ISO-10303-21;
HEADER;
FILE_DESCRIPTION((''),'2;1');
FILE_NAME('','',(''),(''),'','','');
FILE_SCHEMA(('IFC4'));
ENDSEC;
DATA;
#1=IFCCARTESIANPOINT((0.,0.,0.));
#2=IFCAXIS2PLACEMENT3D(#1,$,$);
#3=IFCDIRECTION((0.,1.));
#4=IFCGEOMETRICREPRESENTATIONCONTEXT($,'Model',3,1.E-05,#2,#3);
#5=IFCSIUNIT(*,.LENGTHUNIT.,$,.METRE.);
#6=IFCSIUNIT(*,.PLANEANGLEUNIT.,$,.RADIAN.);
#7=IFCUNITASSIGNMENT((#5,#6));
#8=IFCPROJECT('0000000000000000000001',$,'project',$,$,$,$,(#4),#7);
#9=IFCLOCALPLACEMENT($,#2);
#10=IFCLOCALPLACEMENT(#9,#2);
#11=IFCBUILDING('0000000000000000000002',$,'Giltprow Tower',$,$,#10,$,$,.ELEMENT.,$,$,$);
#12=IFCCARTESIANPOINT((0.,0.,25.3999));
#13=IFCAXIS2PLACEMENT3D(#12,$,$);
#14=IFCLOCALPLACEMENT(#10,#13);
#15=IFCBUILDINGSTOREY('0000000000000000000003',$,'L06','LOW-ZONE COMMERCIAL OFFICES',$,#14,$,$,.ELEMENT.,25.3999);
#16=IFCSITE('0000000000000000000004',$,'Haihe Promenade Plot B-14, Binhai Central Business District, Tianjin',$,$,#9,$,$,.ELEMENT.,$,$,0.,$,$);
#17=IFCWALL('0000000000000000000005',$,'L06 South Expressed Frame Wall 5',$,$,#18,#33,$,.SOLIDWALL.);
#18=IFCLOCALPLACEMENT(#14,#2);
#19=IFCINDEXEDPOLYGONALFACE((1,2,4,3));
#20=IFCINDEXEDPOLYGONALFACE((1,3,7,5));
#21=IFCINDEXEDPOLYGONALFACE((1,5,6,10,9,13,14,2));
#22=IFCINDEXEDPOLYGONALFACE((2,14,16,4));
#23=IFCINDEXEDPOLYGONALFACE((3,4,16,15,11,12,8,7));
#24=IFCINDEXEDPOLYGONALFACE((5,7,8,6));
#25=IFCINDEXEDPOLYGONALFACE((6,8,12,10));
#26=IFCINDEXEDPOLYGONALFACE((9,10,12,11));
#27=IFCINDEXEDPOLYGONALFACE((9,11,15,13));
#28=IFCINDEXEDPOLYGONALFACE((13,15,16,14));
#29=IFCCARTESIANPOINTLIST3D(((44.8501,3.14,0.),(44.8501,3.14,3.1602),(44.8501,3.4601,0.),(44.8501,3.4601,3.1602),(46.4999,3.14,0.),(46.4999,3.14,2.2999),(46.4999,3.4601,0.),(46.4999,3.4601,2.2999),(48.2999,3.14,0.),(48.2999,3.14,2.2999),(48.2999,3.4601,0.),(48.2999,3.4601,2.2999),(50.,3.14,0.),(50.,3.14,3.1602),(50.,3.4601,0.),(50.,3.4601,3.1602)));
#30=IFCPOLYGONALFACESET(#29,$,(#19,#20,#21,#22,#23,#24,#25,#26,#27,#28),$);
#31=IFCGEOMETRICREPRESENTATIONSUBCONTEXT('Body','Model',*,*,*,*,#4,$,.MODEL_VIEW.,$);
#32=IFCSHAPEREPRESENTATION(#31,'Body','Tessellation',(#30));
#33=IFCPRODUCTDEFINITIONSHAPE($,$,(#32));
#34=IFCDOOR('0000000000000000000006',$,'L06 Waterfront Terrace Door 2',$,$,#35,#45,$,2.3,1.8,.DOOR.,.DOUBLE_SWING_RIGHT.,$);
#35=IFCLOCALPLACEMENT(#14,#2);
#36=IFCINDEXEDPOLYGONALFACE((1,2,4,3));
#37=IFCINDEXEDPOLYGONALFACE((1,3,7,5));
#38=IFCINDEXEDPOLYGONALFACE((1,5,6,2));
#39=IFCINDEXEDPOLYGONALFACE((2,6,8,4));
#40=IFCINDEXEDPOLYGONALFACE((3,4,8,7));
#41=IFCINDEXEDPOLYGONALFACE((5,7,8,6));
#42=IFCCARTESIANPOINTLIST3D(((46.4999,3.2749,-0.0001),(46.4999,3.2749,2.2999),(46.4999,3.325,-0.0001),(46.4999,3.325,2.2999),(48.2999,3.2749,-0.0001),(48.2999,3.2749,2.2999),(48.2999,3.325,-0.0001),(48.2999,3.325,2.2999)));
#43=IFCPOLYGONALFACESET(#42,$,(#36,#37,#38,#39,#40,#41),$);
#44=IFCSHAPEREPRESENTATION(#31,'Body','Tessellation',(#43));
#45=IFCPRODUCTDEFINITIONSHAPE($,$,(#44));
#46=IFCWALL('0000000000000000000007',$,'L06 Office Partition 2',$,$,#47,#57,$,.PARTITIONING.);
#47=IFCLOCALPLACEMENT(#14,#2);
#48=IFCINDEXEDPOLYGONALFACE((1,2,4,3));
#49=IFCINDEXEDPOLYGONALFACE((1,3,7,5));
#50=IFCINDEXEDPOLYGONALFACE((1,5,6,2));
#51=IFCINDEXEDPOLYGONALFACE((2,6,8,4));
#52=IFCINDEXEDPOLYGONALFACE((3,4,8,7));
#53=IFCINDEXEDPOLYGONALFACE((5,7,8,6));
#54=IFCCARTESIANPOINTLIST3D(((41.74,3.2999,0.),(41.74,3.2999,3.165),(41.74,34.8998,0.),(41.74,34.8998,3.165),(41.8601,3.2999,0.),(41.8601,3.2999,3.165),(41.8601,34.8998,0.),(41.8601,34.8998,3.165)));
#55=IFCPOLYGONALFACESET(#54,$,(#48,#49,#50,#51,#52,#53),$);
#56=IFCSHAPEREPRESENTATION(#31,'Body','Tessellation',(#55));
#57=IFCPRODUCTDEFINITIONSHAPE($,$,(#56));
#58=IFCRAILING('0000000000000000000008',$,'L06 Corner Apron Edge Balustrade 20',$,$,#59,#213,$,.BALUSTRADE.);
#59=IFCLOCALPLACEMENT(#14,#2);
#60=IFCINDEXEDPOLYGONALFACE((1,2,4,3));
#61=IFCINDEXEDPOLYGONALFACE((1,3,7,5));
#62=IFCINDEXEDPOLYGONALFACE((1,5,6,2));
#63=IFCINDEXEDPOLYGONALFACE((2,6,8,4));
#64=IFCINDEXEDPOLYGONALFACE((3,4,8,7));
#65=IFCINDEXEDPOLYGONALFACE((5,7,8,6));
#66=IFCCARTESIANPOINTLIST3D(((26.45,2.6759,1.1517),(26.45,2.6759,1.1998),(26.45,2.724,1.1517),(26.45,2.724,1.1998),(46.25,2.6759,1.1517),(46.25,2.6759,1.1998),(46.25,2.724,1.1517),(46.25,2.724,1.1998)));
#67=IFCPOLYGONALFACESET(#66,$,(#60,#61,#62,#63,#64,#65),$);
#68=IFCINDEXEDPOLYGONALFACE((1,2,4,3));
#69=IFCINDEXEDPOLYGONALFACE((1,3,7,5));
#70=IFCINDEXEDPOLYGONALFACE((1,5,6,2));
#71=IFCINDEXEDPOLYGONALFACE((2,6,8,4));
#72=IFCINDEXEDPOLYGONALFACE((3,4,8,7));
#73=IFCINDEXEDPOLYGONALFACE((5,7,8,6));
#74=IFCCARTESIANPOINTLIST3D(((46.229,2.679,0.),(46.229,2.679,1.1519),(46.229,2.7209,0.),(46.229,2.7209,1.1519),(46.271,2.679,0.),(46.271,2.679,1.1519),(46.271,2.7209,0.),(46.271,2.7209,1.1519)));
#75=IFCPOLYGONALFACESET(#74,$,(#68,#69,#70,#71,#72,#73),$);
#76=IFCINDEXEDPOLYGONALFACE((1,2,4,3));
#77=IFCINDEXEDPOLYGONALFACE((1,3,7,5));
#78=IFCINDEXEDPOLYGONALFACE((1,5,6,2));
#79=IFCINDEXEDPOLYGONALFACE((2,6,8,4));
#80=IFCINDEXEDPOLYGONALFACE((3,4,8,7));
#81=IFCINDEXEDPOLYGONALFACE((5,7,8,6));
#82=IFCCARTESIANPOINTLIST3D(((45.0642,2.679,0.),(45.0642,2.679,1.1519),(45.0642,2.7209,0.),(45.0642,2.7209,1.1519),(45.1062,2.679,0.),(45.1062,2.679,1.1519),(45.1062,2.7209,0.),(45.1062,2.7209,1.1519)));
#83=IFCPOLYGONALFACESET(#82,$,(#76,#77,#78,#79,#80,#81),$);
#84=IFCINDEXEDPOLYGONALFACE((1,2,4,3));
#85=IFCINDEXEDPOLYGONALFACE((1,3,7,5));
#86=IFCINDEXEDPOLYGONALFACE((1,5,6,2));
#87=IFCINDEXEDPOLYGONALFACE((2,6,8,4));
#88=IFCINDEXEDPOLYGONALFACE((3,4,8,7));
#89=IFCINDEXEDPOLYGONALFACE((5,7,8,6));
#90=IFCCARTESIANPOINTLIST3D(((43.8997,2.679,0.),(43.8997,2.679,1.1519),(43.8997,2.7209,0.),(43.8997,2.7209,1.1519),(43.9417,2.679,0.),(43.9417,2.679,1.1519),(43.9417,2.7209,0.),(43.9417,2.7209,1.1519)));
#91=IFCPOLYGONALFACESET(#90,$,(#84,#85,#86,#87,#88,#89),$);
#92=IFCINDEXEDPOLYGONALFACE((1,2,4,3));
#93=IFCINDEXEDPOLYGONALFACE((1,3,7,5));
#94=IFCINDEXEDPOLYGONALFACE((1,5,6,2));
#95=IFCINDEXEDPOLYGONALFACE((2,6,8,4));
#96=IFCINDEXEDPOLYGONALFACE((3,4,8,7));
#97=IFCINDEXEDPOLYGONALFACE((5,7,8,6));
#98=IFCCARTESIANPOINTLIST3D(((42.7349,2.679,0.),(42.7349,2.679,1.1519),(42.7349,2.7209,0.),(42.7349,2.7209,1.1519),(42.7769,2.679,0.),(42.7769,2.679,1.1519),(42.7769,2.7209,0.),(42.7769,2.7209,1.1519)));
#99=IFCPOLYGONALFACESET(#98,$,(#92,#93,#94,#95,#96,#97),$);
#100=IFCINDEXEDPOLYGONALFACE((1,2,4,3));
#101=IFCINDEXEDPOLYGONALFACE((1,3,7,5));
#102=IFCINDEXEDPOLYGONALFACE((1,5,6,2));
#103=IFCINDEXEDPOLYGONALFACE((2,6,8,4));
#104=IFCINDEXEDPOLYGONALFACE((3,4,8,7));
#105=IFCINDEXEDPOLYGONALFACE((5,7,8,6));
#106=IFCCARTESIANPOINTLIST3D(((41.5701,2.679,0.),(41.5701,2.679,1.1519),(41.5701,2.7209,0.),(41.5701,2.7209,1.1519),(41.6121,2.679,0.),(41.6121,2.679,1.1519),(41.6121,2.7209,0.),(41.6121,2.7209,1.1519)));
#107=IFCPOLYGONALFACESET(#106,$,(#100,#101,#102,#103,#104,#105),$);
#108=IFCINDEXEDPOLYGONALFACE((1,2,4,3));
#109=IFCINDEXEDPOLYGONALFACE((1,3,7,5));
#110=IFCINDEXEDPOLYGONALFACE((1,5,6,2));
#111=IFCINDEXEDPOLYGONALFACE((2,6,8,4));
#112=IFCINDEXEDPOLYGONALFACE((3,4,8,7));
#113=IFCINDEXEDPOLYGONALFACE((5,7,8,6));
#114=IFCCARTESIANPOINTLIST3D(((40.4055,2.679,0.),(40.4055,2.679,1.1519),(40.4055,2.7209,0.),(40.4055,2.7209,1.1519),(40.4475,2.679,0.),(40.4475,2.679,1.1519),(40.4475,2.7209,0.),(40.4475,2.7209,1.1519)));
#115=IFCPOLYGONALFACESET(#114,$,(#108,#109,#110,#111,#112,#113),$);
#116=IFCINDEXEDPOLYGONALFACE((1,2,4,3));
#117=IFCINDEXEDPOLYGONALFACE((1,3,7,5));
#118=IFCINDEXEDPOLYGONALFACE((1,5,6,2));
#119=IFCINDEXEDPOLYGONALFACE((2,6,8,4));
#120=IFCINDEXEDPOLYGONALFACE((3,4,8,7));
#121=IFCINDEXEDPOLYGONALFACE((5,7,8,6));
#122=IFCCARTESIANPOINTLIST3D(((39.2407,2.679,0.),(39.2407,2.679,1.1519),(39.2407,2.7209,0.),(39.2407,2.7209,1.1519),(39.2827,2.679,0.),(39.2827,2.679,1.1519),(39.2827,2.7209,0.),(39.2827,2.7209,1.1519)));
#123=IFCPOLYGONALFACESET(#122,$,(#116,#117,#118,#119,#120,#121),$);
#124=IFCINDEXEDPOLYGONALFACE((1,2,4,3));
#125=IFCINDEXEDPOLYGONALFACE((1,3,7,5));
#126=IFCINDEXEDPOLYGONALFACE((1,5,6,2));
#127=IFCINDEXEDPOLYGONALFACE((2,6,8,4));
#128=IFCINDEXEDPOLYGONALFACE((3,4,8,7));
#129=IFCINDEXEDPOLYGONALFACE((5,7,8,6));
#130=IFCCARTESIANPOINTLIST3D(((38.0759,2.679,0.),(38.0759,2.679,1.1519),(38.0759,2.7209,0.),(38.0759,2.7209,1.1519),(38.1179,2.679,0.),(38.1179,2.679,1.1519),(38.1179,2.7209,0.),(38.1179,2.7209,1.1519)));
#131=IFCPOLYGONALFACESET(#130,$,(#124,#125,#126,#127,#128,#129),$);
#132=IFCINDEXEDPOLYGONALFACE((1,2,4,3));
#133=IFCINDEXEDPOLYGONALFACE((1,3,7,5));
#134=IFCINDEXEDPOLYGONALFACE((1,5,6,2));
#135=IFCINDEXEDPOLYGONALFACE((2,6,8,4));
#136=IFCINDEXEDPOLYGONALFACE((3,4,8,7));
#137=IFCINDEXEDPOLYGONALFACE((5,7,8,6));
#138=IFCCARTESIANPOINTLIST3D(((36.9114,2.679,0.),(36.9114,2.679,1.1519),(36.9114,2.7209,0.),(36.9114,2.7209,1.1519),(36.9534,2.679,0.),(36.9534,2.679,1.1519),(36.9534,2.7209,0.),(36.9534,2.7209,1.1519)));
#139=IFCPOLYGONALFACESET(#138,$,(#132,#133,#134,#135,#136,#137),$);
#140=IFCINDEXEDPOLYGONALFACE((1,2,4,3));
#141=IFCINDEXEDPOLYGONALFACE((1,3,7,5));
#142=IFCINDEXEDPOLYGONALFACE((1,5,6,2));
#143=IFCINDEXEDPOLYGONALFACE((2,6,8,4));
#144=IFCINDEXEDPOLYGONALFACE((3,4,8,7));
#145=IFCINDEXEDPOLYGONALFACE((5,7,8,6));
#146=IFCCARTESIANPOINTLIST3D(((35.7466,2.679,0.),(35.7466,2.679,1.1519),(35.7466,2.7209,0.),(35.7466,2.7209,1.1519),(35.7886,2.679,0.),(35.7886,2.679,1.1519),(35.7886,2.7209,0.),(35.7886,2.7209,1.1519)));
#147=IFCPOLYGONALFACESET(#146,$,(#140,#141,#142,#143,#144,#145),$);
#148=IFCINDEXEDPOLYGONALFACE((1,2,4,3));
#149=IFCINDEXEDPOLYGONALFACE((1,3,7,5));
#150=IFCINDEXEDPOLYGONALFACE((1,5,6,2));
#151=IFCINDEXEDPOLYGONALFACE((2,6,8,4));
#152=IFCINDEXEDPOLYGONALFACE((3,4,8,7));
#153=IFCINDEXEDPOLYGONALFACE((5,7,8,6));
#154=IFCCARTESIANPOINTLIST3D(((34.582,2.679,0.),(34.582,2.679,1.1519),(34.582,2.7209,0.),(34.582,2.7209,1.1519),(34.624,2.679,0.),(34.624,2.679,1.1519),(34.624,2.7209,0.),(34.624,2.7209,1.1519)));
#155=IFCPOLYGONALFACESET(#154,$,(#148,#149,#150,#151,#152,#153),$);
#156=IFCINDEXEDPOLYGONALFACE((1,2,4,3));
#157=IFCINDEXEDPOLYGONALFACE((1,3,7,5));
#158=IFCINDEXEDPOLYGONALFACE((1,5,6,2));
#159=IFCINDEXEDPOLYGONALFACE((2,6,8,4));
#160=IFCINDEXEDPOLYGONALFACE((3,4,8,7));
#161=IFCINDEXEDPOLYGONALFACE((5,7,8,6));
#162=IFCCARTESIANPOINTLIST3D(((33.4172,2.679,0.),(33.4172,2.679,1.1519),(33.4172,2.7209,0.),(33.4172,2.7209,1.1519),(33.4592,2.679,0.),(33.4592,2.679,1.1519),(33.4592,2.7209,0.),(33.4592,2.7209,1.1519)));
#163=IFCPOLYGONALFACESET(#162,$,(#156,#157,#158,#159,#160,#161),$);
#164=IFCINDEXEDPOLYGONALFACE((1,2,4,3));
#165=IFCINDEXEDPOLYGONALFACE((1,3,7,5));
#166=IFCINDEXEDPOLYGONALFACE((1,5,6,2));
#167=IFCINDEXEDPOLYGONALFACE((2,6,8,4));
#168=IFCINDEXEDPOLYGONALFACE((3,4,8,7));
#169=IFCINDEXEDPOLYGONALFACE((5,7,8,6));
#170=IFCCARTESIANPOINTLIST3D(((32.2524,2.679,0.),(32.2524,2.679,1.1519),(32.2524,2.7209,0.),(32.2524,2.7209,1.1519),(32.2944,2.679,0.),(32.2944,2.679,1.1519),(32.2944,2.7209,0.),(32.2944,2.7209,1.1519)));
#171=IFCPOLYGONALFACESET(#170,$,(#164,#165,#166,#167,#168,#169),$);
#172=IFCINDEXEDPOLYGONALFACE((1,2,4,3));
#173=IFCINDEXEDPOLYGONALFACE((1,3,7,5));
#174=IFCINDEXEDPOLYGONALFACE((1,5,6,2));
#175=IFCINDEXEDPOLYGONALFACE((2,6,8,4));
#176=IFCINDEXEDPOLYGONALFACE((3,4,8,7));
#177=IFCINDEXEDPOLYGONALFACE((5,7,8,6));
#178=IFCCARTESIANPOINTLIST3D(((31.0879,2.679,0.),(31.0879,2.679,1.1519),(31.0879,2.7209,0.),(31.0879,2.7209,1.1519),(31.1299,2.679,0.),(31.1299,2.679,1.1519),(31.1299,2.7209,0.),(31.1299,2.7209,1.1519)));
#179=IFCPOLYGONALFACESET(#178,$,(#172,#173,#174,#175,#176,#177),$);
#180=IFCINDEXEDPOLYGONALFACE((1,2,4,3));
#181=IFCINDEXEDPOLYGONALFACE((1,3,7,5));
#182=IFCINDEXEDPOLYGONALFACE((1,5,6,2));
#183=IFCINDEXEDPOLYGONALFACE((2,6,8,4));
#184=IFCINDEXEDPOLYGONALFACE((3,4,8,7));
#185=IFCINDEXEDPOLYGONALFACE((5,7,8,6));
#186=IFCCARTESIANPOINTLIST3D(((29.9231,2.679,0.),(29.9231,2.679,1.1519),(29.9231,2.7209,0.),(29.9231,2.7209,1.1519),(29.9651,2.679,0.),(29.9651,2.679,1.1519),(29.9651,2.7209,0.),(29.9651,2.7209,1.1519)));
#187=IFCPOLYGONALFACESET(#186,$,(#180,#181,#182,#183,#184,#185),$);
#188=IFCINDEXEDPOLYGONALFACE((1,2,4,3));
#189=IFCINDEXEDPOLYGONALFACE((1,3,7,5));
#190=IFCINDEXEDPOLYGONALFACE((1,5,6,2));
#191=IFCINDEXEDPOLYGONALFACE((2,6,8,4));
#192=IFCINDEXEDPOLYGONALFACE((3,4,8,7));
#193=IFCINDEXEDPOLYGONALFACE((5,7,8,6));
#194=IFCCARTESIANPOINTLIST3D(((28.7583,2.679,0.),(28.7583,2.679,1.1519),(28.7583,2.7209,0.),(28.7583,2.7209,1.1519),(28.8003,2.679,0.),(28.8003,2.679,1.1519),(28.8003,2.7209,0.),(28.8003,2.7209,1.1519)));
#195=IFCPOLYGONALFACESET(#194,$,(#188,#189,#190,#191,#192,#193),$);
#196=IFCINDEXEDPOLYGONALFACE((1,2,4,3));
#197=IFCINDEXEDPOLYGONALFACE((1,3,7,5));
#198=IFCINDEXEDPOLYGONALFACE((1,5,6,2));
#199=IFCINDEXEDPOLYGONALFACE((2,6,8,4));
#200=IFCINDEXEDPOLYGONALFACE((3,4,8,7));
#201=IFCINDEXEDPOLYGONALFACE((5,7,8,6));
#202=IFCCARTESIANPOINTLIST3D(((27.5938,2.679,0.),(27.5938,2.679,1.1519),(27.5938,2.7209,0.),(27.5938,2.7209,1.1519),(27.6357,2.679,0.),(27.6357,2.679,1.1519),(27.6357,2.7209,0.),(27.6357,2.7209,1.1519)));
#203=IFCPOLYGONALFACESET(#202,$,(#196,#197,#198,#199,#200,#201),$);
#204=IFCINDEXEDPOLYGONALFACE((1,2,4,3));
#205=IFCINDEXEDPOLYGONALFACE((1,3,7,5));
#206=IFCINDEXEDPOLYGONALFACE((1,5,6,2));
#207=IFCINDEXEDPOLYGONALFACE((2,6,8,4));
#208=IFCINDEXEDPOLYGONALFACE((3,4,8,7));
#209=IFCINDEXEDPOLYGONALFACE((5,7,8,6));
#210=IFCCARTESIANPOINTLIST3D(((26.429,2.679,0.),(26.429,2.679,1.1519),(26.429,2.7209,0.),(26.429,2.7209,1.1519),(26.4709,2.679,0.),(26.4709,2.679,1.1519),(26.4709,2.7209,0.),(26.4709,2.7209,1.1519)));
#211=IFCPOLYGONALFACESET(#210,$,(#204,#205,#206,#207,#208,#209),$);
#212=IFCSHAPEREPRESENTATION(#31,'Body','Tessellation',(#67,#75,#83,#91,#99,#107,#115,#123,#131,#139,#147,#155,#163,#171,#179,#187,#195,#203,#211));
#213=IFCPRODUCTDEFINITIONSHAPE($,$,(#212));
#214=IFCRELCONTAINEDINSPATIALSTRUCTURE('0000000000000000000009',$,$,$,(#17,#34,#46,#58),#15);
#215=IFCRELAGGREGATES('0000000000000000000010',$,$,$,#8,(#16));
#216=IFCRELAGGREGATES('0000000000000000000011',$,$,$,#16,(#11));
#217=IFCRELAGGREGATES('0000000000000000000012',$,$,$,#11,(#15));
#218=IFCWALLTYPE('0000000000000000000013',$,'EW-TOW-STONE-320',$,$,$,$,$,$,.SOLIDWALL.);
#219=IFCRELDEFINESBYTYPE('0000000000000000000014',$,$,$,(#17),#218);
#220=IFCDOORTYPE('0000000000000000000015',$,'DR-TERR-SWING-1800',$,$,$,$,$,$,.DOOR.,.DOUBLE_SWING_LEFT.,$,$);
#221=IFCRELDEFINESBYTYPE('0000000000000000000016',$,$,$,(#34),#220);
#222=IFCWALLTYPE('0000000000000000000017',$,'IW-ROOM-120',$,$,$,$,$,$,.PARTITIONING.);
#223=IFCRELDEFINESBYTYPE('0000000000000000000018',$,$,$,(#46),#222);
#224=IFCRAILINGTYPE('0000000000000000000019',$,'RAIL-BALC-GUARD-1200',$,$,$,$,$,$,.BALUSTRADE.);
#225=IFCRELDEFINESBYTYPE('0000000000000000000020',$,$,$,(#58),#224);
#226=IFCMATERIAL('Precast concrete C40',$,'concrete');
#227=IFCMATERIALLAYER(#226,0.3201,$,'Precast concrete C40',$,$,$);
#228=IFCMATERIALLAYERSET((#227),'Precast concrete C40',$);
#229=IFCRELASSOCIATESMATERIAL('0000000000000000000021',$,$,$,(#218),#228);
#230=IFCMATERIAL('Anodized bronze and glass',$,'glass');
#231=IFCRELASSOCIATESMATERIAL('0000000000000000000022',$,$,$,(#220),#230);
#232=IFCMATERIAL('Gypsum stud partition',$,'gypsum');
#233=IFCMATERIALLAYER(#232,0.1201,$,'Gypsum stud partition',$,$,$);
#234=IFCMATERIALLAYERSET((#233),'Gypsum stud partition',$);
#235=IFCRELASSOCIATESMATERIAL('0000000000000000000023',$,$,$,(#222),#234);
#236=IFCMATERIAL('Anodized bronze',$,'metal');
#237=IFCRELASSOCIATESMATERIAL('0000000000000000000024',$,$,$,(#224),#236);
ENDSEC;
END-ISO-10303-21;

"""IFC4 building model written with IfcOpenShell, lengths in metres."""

from ifc_helpers import new_model, si_unit, direction, frame, frame_2d, origin, origin_2d, place, context, subcontext, project, spatial, rectangle, extrude, source, transform, mapped, material, layer, layer_set, type_object, element, fill, save


model = new_model("IFC4")

# Units and contexts
model_context = context("Model", 3, precision=1e-05, world=origin(), true_north=direction((0.0, 1.0)))
body_context = subcontext(model_context, "Body", "Model", "MODEL_VIEW")
ifc_project = project(units=[si_unit("LENGTHUNIT", "METRE"), si_unit("PLANEANGLEUNIT", "RADIAN")], contexts=[model_context])

# Site, building, storey
site_placement = place(None, origin())
site = spatial("IfcSite", under=ifc_project, at=site_placement, Name="Haihe Promenade Plot B-14, Binhai Central Business District, Tianjin", CompositionType="ELEMENT", RefElevation=0.0)
building_placement = place(site_placement, origin())
building = spatial("IfcBuilding", under=site, at=building_placement, Name="Giltprow Tower", CompositionType="ELEMENT")
storey_placement = place(building_placement, frame((0.0, 0.0, 25.3999)))
storey = spatial("IfcBuildingStorey", under=building, at=storey_placement, Name="L06", Description="LOW-ZONE COMMERCIAL OFFICES", CompositionType="ELEMENT", Elevation=25.3999)

# Shared definitions
ifc_material_1 = material(Name="Anodized bronze", Category="metal")

# Shared definitions
ifc_material_2 = material(Name="Precast concrete C40", Category="concrete")
ifc_layer_1 = layer(ifc_material_2, 0.3201, Name="Precast concrete C40")
ifc_layer_set_1 = layer_set([ifc_layer_1], Name="Precast concrete C40")
wall_type_1 = type_object("IfcWallType", Name="EW-TOW-STONE-320", PredefinedType="SOLIDWALL", material=ifc_layer_set_1)

# Wall, opening, door
wall_1_placement = place(storey_placement, frame((44.8501, 3.3, 0.0), z_axis=(0.0, 0.0, 1.0), x_axis=(1.0, 0.0, 0.0)))
wall_1 = element("IfcWall", 1, at=wall_1_placement, inside=storey, type_object=wall_type_1, Name="L06 South Expressed Frame Wall 5", PredefinedType="SOLIDWALL", context=body_context, shape_type="SweptSolid", body=[
    extrude(rectangle(XDim=5.1499, YDim=0.3201, at=frame_2d((2.575, 0.0))), origin(), (0.0, 0.0, 1.0), 3.1602),
])
opening_placement = place(wall_1_placement, frame((1.6499, 0.0, 0.0)))
opening = element("IfcOpeningElement", 2, at=opening_placement, cuts=wall_1, PredefinedType="OPENING", context=body_context, shape_type="SweptSolid", body=[
    extrude(rectangle(XDim=1.8, YDim=2.3, at=frame_2d((0.8999, 1.1499))), frame((0.0, 0.1699, 0.0), z_axis=(0.0, -1.0, 0.0), x_axis=(1.0, 0.0, 0.0)), (0.0, 0.0, 1.0), 0.3401),
])
ifc_material_3 = material(Name="Anodized bronze and glass", Category="glass")
door_type = type_object("IfcDoorType", Name="DR-TERR-SWING-1800", OperationType="DOUBLE_SWING_LEFT", PredefinedType="DOOR", material=ifc_material_3)
shared_shape_1 = source(origin(), body_context, "Body", "SweptSolid", [
    extrude(rectangle(XDim=1.8, YDim=2.3, at=frame_2d((0.8999, 1.1499))), frame((0.0, 0.0249, 0.0), z_axis=(0.0, -1.0, 0.0), x_axis=(1.0, 0.0, 0.0)), (0.0, 0.0, 1.0), 0.05),
])
door_placement = place(opening_placement, origin())
door = element("IfcDoor", 3, at=door_placement, inside=storey, type_object=door_type, Name="L06 Waterfront Terrace Door 2", OperationType="DOUBLE_SWING_RIGHT", OverallHeight=2.3, OverallWidth=1.8, PredefinedType="DOOR", context=body_context, shape_type="MappedRepresentation", body=[
    mapped(shared_shape_1, transform((0.0, 0.0, 0.0), x_axis=(1.0, 0.0, 0.0), y_axis=(0.0, 1.0, 0.0), z_axis=(0.0, 0.0, 1.0), scale=1.0)),
])
fill(opening, door)

# Wall
ifc_material_4 = material(Name="Gypsum stud partition", Category="gypsum")
ifc_layer_2 = layer(ifc_material_4, 0.1201, Name="Gypsum stud partition")
ifc_layer_set_2 = layer_set([ifc_layer_2], Name="Gypsum stud partition")
wall_type_2 = type_object("IfcWallType", Name="IW-ROOM-120", PredefinedType="PARTITIONING", material=ifc_layer_set_2)
wall_2_placement = place(storey_placement, frame((41.8, 3.3, 0.0), z_axis=(0.0, 0.0, 1.0), x_axis=(0.0, 1.0, 0.0)))
element("IfcWall", 4, at=wall_2_placement, inside=storey, type_object=wall_type_2, Name="L06 Office Partition 2", PredefinedType="PARTITIONING", context=body_context, shape_type="SweptSolid", body=[
    extrude(rectangle(XDim=31.5999, YDim=0.1201, at=frame_2d((15.7998, 0.0))), origin(), (0.0, 0.0, 1.0), 3.165),
])

# Railing
railing_type = type_object("IfcRailingType", Name="RAIL-BALC-GUARD-1200", PredefinedType="BALUSTRADE", material=ifc_material_1)
railing_placement = place(storey_placement, frame((46.25, 2.7, 0.0)))
element("IfcRailing", 5, at=railing_placement, inside=storey, type_object=railing_type, Name="L06 Corner Apron Edge Balustrade 20", PredefinedType="BALUSTRADE", context=body_context, shape_type="SweptSolid", body=[
    extrude(rectangle(XDim=0.0481, YDim=0.0481, at=origin_2d()), frame((0.0, 0.0, 1.1758), z_axis=(-1.0, 0.0, 0.0), x_axis=(0.0, -1.0, 0.0)), (0.0, 0.0, 1.0), 19.8),
    extrude(rectangle(XDim=0.042, YDim=0.042, at=origin_2d()), origin(), (0.0, 0.0, 1.0), 1.1519),
    extrude(rectangle(XDim=0.042, YDim=0.042, at=origin_2d()), frame((-1.1648, 0.0, 0.0)), (0.0, 0.0, 1.0), 1.1519),
    extrude(rectangle(XDim=0.042, YDim=0.042, at=origin_2d()), frame((-2.3293, 0.0, 0.0)), (0.0, 0.0, 1.0), 1.1519),
    extrude(rectangle(XDim=0.042, YDim=0.042, at=origin_2d()), frame((-3.4941, 0.0, 0.0)), (0.0, 0.0, 1.0), 1.1519),
    extrude(rectangle(XDim=0.042, YDim=0.042, at=origin_2d()), frame((-4.6589, 0.0, 0.0)), (0.0, 0.0, 1.0), 1.1519),
    extrude(rectangle(XDim=0.042, YDim=0.042, at=origin_2d()), frame((-5.8235, 0.0, 0.0)), (0.0, 0.0, 1.0), 1.1519),
    extrude(rectangle(XDim=0.042, YDim=0.042, at=origin_2d()), frame((-6.9883, 0.0, 0.0)), (0.0, 0.0, 1.0), 1.1519),
    extrude(rectangle(XDim=0.042, YDim=0.042, at=origin_2d()), frame((-8.1531, 0.0, 0.0)), (0.0, 0.0, 1.0), 1.1519),
    extrude(rectangle(XDim=0.042, YDim=0.042, at=origin_2d()), frame((-9.3176, 0.0, 0.0)), (0.0, 0.0, 1.0), 1.1519),
    extrude(rectangle(XDim=0.042, YDim=0.042, at=origin_2d()), frame((-10.4824, 0.0, 0.0)), (0.0, 0.0, 1.0), 1.1519),
    extrude(rectangle(XDim=0.042, YDim=0.042, at=origin_2d()), frame((-11.647, 0.0, 0.0)), (0.0, 0.0, 1.0), 1.1519),
    extrude(rectangle(XDim=0.042, YDim=0.042, at=origin_2d()), frame((-12.8118, 0.0, 0.0)), (0.0, 0.0, 1.0), 1.1519),
    extrude(rectangle(XDim=0.042, YDim=0.042, at=origin_2d()), frame((-13.9766, 0.0, 0.0)), (0.0, 0.0, 1.0), 1.1519),
    extrude(rectangle(XDim=0.042, YDim=0.042, at=origin_2d()), frame((-15.1411, 0.0, 0.0)), (0.0, 0.0, 1.0), 1.1519),
    extrude(rectangle(XDim=0.042, YDim=0.042, at=origin_2d()), frame((-16.3059, 0.0, 0.0)), (0.0, 0.0, 1.0), 1.1519),
    extrude(rectangle(XDim=0.042, YDim=0.042, at=origin_2d()), frame((-17.4707, 0.0, 0.0)), (0.0, 0.0, 1.0), 1.1519),
    extrude(rectangle(XDim=0.042, YDim=0.042, at=origin_2d()), frame((-18.6353, 0.0, 0.0)), (0.0, 0.0, 1.0), 1.1519),
    extrude(rectangle(XDim=0.042, YDim=0.042, at=origin_2d()), frame((-19.8, 0.0, 0.0)), (0.0, 0.0, 1.0), 1.1519),
])

save(model, "model.ifc")
